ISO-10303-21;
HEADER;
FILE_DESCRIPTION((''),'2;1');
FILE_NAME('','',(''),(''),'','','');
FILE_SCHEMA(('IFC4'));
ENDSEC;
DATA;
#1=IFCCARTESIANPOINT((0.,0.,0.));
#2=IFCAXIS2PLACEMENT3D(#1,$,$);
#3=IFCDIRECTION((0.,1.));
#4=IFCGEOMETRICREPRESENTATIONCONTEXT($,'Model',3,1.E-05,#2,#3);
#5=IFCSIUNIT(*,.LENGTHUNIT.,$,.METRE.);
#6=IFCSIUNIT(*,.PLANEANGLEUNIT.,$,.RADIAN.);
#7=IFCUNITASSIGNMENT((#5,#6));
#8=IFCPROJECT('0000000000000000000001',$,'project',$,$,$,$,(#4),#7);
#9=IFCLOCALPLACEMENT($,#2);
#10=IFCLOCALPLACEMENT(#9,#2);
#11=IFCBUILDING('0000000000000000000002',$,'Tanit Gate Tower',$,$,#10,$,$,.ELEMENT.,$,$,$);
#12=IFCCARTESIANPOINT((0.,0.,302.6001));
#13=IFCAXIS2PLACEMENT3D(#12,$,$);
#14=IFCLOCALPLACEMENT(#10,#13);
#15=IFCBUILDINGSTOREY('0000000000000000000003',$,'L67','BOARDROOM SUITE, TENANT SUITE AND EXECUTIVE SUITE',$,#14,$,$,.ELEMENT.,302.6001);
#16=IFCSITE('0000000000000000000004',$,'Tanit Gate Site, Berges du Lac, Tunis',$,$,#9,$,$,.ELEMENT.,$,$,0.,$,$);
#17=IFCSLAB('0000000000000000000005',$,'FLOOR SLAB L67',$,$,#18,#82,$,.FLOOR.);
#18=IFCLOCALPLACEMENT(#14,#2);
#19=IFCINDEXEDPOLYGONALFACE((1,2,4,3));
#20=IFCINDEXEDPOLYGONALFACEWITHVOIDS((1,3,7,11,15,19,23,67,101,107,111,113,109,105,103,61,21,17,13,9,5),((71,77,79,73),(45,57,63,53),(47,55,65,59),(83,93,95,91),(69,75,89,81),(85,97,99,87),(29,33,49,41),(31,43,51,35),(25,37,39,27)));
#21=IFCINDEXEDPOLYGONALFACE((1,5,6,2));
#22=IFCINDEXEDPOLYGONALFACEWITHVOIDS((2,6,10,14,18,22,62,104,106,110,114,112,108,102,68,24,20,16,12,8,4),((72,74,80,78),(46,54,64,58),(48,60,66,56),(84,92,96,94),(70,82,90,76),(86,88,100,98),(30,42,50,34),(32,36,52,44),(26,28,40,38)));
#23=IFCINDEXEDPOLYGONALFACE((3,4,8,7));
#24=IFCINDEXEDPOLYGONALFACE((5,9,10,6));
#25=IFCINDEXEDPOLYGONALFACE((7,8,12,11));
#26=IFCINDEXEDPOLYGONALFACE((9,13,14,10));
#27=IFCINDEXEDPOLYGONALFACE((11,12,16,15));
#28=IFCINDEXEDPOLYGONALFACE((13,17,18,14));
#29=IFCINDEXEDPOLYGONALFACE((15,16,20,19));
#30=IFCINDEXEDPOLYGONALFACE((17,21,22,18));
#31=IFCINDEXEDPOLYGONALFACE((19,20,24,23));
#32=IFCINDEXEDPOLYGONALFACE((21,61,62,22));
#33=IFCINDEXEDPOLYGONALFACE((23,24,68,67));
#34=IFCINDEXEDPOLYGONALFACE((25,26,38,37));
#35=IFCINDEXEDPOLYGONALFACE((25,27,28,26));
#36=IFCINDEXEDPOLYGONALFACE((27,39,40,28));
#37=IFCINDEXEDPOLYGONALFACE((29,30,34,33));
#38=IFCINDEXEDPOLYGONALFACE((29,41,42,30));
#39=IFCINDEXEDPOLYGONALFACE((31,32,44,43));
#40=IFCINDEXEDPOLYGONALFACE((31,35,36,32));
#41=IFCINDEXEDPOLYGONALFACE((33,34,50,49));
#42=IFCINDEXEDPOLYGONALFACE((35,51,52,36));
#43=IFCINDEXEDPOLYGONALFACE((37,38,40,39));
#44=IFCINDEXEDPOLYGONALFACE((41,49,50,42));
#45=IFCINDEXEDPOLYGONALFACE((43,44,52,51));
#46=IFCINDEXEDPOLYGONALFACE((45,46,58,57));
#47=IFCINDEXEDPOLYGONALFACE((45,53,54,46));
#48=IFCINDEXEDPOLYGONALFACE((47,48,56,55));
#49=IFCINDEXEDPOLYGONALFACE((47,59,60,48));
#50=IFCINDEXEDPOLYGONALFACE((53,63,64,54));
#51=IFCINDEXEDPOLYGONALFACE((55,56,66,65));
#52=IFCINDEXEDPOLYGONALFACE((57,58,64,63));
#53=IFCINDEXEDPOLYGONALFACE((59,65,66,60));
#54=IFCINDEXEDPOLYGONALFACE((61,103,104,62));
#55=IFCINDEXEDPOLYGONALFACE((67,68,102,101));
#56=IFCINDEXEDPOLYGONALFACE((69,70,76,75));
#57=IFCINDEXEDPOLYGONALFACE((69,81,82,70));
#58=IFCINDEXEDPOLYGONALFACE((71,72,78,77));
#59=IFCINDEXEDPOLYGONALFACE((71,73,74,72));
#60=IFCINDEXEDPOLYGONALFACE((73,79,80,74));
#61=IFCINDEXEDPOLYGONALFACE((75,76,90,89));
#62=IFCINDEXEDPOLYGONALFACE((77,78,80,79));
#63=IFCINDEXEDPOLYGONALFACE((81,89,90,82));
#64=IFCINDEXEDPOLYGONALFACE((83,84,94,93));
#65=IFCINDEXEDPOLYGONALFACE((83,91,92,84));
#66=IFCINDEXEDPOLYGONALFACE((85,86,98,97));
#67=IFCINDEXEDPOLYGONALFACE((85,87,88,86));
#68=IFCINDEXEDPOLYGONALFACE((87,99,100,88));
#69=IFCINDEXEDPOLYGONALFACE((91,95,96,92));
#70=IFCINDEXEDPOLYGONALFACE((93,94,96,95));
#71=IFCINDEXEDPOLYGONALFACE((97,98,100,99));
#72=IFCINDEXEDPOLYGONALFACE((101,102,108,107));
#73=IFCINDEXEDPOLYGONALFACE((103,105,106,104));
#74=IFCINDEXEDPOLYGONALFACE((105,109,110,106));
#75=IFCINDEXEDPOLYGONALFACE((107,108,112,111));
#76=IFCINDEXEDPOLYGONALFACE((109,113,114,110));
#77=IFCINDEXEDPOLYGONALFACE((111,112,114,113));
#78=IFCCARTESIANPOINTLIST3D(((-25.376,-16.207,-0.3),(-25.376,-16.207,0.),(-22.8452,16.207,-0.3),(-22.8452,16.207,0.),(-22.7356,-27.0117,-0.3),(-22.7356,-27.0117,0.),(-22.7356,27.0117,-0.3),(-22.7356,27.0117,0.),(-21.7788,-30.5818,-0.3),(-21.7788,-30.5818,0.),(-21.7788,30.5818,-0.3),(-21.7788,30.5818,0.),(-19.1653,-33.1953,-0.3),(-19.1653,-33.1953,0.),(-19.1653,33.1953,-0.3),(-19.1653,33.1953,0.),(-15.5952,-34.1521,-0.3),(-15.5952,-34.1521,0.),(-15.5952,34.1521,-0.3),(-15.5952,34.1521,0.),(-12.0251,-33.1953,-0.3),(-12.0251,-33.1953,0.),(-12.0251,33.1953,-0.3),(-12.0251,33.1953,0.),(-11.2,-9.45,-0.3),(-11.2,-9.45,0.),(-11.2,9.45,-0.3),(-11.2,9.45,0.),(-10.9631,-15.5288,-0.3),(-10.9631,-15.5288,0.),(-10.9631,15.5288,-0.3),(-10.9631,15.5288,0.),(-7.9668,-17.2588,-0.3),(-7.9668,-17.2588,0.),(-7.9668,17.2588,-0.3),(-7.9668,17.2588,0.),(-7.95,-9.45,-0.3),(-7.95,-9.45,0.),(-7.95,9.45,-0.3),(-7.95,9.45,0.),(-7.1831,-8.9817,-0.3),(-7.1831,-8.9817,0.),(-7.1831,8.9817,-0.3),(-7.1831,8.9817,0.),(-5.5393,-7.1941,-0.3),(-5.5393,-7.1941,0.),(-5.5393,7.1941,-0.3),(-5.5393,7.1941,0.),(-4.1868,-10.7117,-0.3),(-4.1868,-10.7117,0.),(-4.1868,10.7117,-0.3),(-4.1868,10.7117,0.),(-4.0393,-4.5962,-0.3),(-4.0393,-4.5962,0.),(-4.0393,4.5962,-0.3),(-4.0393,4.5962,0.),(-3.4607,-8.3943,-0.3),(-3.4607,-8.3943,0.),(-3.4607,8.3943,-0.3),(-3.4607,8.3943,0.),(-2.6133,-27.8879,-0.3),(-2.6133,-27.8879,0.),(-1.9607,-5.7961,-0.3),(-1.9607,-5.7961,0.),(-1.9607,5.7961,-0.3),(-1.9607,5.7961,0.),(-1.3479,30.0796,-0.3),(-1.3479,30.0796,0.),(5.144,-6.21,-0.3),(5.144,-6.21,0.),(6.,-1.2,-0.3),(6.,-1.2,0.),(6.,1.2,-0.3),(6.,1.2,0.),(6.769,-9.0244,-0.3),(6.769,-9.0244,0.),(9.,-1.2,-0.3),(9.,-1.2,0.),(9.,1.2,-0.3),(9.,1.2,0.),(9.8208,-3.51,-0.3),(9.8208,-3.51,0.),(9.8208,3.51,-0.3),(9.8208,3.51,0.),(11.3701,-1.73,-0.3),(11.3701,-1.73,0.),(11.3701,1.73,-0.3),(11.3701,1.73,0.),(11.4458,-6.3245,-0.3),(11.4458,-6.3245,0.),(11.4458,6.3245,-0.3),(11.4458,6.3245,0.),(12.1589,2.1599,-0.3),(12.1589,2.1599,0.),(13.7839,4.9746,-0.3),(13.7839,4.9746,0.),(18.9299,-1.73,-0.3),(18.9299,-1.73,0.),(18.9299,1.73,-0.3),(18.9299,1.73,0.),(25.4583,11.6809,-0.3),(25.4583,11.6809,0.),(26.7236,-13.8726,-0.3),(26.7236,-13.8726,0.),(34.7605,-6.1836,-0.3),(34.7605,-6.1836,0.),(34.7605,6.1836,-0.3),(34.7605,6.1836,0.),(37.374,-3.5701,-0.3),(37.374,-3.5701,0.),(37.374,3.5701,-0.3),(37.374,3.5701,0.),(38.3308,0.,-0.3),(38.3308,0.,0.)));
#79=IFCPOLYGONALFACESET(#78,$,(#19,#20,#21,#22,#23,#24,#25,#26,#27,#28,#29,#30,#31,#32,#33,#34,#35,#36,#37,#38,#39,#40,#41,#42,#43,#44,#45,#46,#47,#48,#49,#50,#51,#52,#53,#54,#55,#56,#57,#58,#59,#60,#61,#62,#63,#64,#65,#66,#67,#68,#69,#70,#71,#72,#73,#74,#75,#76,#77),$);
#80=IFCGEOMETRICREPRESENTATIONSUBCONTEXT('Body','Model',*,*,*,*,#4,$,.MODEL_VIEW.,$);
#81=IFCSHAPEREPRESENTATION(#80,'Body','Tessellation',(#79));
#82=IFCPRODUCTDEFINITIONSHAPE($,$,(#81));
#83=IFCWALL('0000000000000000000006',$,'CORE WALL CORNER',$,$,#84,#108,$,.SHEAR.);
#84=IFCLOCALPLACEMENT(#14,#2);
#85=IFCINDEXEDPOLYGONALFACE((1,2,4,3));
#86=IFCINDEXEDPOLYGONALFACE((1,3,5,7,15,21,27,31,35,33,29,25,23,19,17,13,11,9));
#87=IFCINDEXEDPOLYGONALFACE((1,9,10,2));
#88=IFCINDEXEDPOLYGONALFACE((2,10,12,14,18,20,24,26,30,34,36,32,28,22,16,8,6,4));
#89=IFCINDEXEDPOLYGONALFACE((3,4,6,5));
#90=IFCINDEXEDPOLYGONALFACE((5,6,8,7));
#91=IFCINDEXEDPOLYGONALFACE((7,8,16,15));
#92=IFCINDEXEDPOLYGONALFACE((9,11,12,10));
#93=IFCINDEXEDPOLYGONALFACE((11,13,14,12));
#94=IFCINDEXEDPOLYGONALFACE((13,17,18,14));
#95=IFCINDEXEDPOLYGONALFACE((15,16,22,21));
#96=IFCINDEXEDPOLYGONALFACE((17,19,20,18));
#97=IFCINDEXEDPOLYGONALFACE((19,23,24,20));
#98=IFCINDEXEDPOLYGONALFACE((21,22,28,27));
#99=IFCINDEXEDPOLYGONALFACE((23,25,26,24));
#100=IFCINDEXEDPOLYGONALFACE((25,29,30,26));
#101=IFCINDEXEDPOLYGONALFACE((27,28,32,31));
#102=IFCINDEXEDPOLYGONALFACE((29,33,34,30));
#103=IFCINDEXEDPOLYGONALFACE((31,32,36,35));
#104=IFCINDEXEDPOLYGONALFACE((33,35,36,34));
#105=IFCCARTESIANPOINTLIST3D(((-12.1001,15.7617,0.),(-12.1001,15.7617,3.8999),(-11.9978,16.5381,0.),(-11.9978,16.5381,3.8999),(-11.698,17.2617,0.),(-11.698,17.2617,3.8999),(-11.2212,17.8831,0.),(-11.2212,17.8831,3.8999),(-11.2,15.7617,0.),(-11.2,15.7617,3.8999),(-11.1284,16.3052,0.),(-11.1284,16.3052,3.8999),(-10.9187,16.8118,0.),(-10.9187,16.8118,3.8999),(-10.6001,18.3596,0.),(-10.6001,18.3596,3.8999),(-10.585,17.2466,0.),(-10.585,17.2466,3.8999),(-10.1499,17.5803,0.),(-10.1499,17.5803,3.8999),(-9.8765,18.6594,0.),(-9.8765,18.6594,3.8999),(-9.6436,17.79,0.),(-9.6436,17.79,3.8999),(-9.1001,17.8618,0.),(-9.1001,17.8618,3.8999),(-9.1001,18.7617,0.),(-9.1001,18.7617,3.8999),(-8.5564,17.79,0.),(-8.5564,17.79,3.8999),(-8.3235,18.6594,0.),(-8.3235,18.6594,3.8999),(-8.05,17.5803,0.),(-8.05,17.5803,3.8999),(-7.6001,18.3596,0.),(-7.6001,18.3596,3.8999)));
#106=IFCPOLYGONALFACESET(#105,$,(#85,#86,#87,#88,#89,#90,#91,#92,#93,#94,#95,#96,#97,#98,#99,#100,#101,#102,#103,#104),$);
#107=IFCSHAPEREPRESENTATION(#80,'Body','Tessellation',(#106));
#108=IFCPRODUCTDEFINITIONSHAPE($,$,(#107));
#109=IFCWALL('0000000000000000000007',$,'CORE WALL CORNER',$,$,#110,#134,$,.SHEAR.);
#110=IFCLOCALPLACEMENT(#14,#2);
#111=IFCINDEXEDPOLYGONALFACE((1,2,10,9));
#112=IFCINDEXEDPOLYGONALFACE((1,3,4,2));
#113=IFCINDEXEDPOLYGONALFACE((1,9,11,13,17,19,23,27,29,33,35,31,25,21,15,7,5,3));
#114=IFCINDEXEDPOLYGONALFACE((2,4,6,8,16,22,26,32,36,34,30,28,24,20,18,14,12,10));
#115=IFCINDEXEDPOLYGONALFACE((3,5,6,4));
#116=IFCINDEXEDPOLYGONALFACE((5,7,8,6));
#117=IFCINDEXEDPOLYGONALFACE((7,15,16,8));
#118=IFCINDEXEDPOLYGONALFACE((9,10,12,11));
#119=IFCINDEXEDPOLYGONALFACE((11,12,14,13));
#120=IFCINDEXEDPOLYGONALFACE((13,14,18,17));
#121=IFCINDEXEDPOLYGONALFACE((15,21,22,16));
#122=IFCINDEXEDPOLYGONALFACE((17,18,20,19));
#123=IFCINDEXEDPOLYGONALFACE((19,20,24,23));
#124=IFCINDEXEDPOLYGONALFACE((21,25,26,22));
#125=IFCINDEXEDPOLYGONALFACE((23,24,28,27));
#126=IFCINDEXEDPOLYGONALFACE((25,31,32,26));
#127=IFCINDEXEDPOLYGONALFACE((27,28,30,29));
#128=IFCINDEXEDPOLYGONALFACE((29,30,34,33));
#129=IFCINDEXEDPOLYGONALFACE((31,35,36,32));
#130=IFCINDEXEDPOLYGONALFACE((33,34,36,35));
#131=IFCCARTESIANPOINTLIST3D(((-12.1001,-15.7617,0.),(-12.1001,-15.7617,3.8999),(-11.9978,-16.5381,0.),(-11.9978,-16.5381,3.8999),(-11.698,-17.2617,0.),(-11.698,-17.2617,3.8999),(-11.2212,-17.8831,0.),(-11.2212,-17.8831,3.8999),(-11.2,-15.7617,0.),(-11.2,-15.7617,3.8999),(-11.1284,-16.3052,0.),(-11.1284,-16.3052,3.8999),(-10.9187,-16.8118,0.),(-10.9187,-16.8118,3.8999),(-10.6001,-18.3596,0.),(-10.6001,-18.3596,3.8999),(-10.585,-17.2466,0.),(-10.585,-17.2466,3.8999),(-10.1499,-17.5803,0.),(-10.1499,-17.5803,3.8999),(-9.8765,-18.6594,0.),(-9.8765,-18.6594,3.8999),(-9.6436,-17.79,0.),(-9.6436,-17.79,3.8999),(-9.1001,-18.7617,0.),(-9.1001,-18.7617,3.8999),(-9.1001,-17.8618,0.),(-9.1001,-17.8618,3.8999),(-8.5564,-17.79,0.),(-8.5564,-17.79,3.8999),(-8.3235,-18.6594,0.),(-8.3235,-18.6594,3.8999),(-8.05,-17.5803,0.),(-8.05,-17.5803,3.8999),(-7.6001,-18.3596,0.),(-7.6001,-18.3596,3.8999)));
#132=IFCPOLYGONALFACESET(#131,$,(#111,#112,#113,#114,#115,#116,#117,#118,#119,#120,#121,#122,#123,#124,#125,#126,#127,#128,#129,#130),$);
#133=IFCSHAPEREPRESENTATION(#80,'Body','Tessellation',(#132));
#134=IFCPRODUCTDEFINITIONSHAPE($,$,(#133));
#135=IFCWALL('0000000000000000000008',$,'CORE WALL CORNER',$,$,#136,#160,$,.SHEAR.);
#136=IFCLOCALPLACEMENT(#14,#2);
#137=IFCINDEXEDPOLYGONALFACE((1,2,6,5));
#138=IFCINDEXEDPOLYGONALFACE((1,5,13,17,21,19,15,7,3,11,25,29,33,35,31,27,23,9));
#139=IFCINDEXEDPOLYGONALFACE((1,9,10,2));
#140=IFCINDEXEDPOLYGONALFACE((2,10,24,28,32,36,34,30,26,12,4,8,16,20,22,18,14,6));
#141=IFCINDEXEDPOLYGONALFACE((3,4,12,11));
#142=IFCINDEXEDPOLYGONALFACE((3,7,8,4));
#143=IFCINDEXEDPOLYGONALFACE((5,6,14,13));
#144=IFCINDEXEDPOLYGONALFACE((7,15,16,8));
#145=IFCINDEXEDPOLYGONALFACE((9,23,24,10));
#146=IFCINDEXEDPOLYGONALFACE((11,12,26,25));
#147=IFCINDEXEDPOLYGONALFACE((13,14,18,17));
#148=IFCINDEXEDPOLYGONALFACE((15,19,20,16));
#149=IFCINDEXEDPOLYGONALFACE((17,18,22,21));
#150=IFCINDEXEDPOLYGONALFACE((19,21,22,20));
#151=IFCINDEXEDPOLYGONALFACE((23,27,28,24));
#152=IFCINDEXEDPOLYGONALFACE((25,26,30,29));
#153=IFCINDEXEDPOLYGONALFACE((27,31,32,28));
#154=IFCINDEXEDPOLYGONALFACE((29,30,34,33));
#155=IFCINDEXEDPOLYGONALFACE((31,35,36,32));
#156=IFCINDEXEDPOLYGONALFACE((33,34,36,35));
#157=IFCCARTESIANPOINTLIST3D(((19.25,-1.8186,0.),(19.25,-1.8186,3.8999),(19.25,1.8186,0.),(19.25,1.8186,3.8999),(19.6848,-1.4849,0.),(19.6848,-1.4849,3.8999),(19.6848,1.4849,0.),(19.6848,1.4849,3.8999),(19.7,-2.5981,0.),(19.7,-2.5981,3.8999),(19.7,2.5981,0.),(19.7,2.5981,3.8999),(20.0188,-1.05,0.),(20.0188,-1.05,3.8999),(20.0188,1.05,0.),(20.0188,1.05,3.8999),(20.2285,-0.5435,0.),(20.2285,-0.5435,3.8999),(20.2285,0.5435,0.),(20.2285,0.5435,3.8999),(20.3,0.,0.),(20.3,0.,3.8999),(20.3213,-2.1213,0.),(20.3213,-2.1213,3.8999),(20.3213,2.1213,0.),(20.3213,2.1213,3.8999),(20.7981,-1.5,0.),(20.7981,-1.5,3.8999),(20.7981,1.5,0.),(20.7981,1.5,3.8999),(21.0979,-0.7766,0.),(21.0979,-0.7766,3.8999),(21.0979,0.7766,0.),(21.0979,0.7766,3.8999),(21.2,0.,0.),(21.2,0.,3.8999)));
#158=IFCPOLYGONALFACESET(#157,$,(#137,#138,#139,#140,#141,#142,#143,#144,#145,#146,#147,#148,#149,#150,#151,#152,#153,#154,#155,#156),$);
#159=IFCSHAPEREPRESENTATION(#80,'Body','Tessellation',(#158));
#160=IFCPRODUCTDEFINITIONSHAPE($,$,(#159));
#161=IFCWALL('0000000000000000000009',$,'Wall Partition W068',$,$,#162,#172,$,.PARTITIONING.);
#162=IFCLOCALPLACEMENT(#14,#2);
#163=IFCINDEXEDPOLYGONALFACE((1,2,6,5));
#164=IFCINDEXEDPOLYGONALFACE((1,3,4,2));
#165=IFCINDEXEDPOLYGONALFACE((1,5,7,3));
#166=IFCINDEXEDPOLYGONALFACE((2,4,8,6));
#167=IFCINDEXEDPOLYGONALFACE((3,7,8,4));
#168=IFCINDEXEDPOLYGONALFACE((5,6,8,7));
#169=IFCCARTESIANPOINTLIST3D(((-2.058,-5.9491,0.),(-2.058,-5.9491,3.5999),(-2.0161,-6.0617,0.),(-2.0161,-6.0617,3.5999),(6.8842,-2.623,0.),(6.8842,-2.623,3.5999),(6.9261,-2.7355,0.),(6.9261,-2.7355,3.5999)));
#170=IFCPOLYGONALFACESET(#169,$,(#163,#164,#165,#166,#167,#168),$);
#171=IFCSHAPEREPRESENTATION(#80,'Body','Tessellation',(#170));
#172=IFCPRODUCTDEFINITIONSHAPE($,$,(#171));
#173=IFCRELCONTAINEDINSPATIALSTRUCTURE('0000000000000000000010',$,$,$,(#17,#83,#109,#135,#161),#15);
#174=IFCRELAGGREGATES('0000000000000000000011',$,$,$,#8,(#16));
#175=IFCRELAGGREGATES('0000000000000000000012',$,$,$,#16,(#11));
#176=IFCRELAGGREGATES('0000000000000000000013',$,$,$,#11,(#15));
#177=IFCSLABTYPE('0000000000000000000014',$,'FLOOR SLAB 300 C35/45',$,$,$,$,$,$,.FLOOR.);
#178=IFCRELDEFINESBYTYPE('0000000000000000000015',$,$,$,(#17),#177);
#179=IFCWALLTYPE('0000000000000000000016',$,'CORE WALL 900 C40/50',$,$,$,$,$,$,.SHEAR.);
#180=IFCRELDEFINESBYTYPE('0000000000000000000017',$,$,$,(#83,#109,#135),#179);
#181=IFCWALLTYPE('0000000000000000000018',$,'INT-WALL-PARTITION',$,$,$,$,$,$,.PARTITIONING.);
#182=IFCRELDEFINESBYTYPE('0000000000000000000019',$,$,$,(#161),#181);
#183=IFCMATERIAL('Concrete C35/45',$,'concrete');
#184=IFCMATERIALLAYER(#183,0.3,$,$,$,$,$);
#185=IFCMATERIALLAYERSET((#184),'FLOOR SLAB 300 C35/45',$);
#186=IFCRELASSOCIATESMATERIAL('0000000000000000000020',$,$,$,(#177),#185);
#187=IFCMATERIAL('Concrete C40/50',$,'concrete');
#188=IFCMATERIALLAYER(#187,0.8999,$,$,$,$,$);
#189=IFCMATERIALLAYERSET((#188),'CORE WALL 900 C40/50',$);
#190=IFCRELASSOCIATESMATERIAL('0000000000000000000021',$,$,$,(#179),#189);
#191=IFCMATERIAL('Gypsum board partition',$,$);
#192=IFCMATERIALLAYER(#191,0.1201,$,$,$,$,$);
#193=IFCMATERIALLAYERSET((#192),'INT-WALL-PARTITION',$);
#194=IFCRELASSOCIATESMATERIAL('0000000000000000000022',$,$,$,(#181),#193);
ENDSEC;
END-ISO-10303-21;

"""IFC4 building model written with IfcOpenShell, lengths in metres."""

from ifc_helpers import new_model, si_unit, direction, frame, frame_2d, origin, place, context, subcontext, project, spatial, polyline, rectangle, outline, extrude, material, layer, layer_set, type_object, element, save


model = new_model("IFC4")

# Units and contexts
model_context = context("Model", 3, precision=1e-05, world=origin(), true_north=direction((0.0, 1.0)))
body_context = subcontext(model_context, "Body", "Model", "MODEL_VIEW")
ifc_project = project(units=[si_unit("LENGTHUNIT", "METRE"), si_unit("PLANEANGLEUNIT", "RADIAN")], contexts=[model_context])

# Site, building, storey
site_placement = place(None, origin())
site = spatial("IfcSite", under=ifc_project, at=site_placement, Name="Tanit Gate Site, Berges du Lac, Tunis", CompositionType="ELEMENT", RefElevation=0.0)
building_placement = place(site_placement, origin())
building = spatial("IfcBuilding", under=site, at=building_placement, Name="Tanit Gate Tower", CompositionType="ELEMENT")
storey_placement = place(building_placement, frame((0.0, 0.0, 302.6001)))
storey = spatial("IfcBuildingStorey", under=building, at=storey_placement, Name="L67", Description="BOARDROOM SUITE, TENANT SUITE AND EXECUTIVE SUITE", CompositionType="ELEMENT", Elevation=302.6001)

# Slab
ifc_material_1 = material(Name="Concrete C35/45", Category="concrete")
ifc_layer_1 = layer(ifc_material_1, 0.3)
ifc_layer_set_1 = layer_set([ifc_layer_1], Name="FLOOR SLAB 300 C35/45")
slab_type = type_object("IfcSlabType", Name="FLOOR SLAB 300 C35/45", PredefinedType="FLOOR", material=ifc_layer_set_1)
slab_placement = place(storey_placement, frame((0.0, 0.0, -0.3)))
element("IfcSlab", 1, at=slab_placement, inside=storey, type_object=slab_type, Name="FLOOR SLAB L67", PredefinedType="FLOOR", context=body_context, shape_type="SweptSolid", body=[
    extrude(outline(polyline([(34.7605, 6.1836), (37.374, 3.5701), (38.3308, 0.0), (37.374, -3.5701), (34.7605, -6.1836), (26.7236, -13.8726), (-2.6133, -27.8879), (-12.0251, -33.1953), (-15.5952, -34.1521), (-19.1653, -33.1953), (-21.7788, -30.5818), (-22.7356, -27.0117), (-25.376, -16.207), (-22.8452, 16.207), (-22.7356, 27.0117), (-21.7788, 30.5818), (-19.1653, 33.1953), (-15.5952, 34.1521), (-12.0251, 33.1953), (-1.3479, 30.0796), (25.4583, 11.6809), (34.7605, 6.1836)]), holes=[polyline([(11.3701, 1.73), (18.9299, 1.73), (18.9299, -1.73), (11.3701, -1.73), (11.3701, 1.73)]), polyline([(12.1589, 2.1599), (9.8208, 3.51), (11.4458, 6.3245), (13.7839, 4.9746), (12.1589, 2.1599)]), polyline([(11.4458, -6.3245), (6.769, -9.0244), (5.144, -6.21), (9.8208, -3.51), (11.4458, -6.3245)]), polyline([(6.0, 1.2), (9.0, 1.2), (9.0, -1.2), (6.0, -1.2), (6.0, 1.2)]), polyline([(-4.0393, 4.5962), (-5.5393, 7.1941), (-3.4607, 8.3943), (-1.9607, 5.7961), (-4.0393, 4.5962)]), polyline([(-1.9607, -5.7961), (-3.4607, -8.3943), (-5.5393, -7.1941), (-4.0393, -4.5962), (-1.9607, -5.7961)]), polyline([(-7.1831, 8.9817), (-10.9631, 15.5288), (-7.9668, 17.2588), (-4.1868, 10.7117), (-7.1831, 8.9817)]), polyline([(-4.1868, -10.7117), (-7.9668, -17.2588), (-10.9631, -15.5288), (-7.1831, -8.9817), (-4.1868, -10.7117)]), polyline([(-11.2, -9.45), (-11.2, 9.45), (-7.95, 9.45), (-7.95, -9.45), (-11.2, -9.45)])]), origin(), (0.0, 0.0, 1.0), 0.3),
])

# Walls
ifc_material_2 = material(Name="Concrete C40/50", Category="concrete")
ifc_layer_2 = layer(ifc_material_2, 0.8999)
ifc_layer_set_2 = layer_set([ifc_layer_2], Name="CORE WALL 900 C40/50")
wall_type_1 = type_object("IfcWallType", Name="CORE WALL 900 C40/50", PredefinedType="SHEAR", material=ifc_layer_set_2)
wall_1_placement = place(storey_placement, origin())
element("IfcWall", 2, at=wall_1_placement, inside=storey, type_object=wall_type_1, Name="CORE WALL CORNER", PredefinedType="SHEAR", context=body_context, shape_type="SweptSolid", body=[
    extrude(outline(polyline([(-7.6001, 18.3596), (-8.3235, 18.6594), (-9.1001, 18.7617), (-9.8765, 18.6594), (-10.6001, 18.3596), (-11.2212, 17.8831), (-11.698, 17.2617), (-11.9978, 16.5381), (-12.1001, 15.7617), (-11.2, 15.7617), (-11.1284, 16.3052), (-10.9187, 16.8118), (-10.585, 17.2466), (-10.1499, 17.5803), (-9.6436, 17.79), (-9.1001, 17.8618), (-8.5564, 17.79), (-8.05, 17.5803), (-7.6001, 18.3596)])), origin(), (0.0, 0.0, 1.0), 3.8999),
])
wall_2_placement = place(storey_placement, origin())
element("IfcWall", 3, at=wall_2_placement, inside=storey, type_object=wall_type_1, Name="CORE WALL CORNER", PredefinedType="SHEAR", context=body_context, shape_type="SweptSolid", body=[
    extrude(outline(polyline([(-12.1001, -15.7617), (-11.9978, -16.5381), (-11.698, -17.2617), (-11.2212, -17.8831), (-10.6001, -18.3596), (-9.8765, -18.6594), (-9.1001, -18.7617), (-8.3235, -18.6594), (-7.6001, -18.3596), (-8.05, -17.5803), (-8.5564, -17.79), (-9.1001, -17.8618), (-9.6436, -17.79), (-10.1499, -17.5803), (-10.585, -17.2466), (-10.9187, -16.8118), (-11.1284, -16.3052), (-11.2, -15.7617), (-12.1001, -15.7617)])), origin(), (0.0, 0.0, 1.0), 3.8999),
])
wall_3_placement = place(storey_placement, origin())
element("IfcWall", 4, at=wall_3_placement, inside=storey, type_object=wall_type_1, Name="CORE WALL CORNER", PredefinedType="SHEAR", context=body_context, shape_type="SweptSolid", body=[
    extrude(outline(polyline([(19.7, -2.5981), (20.3213, -2.1213), (20.7981, -1.5), (21.0979, -0.7766), (21.2, 0.0), (21.0979, 0.7766), (20.7981, 1.5), (20.3213, 2.1213), (19.7, 2.5981), (19.25, 1.8186), (19.6848, 1.4849), (20.0188, 1.05), (20.2285, 0.5435), (20.3, 0.0), (20.2285, -0.5435), (20.0188, -1.05), (19.6848, -1.4849), (19.25, -1.8186), (19.7, -2.5981)])), origin(), (0.0, 0.0, 1.0), 3.8999),
])
ifc_material_3 = material(Name="Gypsum board partition")
ifc_layer_3 = layer(ifc_material_3, 0.1201)
ifc_layer_set_3 = layer_set([ifc_layer_3], Name="INT-WALL-PARTITION")
wall_type_2 = type_object("IfcWallType", Name="INT-WALL-PARTITION", PredefinedType="PARTITIONING", material=ifc_layer_set_3)
wall_4_placement = place(storey_placement, frame((6.9053, -2.6792, 0.0), z_axis=(0.0, 0.0, 1.0), x_axis=(-0.937261, -0.348629, 0.0)))
element("IfcWall", 5, at=wall_4_placement, inside=storey, type_object=wall_type_2, Name="Wall Partition W068", PredefinedType="PARTITIONING", context=body_context, shape_type="SweptSolid", body=[
    extrude(rectangle(XDim=9.5408, YDim=0.1201, at=frame_2d((4.7705, 0.0))), origin(), (0.0, 0.0, 1.0), 3.5999),
])

save(model, "model.ifc")
